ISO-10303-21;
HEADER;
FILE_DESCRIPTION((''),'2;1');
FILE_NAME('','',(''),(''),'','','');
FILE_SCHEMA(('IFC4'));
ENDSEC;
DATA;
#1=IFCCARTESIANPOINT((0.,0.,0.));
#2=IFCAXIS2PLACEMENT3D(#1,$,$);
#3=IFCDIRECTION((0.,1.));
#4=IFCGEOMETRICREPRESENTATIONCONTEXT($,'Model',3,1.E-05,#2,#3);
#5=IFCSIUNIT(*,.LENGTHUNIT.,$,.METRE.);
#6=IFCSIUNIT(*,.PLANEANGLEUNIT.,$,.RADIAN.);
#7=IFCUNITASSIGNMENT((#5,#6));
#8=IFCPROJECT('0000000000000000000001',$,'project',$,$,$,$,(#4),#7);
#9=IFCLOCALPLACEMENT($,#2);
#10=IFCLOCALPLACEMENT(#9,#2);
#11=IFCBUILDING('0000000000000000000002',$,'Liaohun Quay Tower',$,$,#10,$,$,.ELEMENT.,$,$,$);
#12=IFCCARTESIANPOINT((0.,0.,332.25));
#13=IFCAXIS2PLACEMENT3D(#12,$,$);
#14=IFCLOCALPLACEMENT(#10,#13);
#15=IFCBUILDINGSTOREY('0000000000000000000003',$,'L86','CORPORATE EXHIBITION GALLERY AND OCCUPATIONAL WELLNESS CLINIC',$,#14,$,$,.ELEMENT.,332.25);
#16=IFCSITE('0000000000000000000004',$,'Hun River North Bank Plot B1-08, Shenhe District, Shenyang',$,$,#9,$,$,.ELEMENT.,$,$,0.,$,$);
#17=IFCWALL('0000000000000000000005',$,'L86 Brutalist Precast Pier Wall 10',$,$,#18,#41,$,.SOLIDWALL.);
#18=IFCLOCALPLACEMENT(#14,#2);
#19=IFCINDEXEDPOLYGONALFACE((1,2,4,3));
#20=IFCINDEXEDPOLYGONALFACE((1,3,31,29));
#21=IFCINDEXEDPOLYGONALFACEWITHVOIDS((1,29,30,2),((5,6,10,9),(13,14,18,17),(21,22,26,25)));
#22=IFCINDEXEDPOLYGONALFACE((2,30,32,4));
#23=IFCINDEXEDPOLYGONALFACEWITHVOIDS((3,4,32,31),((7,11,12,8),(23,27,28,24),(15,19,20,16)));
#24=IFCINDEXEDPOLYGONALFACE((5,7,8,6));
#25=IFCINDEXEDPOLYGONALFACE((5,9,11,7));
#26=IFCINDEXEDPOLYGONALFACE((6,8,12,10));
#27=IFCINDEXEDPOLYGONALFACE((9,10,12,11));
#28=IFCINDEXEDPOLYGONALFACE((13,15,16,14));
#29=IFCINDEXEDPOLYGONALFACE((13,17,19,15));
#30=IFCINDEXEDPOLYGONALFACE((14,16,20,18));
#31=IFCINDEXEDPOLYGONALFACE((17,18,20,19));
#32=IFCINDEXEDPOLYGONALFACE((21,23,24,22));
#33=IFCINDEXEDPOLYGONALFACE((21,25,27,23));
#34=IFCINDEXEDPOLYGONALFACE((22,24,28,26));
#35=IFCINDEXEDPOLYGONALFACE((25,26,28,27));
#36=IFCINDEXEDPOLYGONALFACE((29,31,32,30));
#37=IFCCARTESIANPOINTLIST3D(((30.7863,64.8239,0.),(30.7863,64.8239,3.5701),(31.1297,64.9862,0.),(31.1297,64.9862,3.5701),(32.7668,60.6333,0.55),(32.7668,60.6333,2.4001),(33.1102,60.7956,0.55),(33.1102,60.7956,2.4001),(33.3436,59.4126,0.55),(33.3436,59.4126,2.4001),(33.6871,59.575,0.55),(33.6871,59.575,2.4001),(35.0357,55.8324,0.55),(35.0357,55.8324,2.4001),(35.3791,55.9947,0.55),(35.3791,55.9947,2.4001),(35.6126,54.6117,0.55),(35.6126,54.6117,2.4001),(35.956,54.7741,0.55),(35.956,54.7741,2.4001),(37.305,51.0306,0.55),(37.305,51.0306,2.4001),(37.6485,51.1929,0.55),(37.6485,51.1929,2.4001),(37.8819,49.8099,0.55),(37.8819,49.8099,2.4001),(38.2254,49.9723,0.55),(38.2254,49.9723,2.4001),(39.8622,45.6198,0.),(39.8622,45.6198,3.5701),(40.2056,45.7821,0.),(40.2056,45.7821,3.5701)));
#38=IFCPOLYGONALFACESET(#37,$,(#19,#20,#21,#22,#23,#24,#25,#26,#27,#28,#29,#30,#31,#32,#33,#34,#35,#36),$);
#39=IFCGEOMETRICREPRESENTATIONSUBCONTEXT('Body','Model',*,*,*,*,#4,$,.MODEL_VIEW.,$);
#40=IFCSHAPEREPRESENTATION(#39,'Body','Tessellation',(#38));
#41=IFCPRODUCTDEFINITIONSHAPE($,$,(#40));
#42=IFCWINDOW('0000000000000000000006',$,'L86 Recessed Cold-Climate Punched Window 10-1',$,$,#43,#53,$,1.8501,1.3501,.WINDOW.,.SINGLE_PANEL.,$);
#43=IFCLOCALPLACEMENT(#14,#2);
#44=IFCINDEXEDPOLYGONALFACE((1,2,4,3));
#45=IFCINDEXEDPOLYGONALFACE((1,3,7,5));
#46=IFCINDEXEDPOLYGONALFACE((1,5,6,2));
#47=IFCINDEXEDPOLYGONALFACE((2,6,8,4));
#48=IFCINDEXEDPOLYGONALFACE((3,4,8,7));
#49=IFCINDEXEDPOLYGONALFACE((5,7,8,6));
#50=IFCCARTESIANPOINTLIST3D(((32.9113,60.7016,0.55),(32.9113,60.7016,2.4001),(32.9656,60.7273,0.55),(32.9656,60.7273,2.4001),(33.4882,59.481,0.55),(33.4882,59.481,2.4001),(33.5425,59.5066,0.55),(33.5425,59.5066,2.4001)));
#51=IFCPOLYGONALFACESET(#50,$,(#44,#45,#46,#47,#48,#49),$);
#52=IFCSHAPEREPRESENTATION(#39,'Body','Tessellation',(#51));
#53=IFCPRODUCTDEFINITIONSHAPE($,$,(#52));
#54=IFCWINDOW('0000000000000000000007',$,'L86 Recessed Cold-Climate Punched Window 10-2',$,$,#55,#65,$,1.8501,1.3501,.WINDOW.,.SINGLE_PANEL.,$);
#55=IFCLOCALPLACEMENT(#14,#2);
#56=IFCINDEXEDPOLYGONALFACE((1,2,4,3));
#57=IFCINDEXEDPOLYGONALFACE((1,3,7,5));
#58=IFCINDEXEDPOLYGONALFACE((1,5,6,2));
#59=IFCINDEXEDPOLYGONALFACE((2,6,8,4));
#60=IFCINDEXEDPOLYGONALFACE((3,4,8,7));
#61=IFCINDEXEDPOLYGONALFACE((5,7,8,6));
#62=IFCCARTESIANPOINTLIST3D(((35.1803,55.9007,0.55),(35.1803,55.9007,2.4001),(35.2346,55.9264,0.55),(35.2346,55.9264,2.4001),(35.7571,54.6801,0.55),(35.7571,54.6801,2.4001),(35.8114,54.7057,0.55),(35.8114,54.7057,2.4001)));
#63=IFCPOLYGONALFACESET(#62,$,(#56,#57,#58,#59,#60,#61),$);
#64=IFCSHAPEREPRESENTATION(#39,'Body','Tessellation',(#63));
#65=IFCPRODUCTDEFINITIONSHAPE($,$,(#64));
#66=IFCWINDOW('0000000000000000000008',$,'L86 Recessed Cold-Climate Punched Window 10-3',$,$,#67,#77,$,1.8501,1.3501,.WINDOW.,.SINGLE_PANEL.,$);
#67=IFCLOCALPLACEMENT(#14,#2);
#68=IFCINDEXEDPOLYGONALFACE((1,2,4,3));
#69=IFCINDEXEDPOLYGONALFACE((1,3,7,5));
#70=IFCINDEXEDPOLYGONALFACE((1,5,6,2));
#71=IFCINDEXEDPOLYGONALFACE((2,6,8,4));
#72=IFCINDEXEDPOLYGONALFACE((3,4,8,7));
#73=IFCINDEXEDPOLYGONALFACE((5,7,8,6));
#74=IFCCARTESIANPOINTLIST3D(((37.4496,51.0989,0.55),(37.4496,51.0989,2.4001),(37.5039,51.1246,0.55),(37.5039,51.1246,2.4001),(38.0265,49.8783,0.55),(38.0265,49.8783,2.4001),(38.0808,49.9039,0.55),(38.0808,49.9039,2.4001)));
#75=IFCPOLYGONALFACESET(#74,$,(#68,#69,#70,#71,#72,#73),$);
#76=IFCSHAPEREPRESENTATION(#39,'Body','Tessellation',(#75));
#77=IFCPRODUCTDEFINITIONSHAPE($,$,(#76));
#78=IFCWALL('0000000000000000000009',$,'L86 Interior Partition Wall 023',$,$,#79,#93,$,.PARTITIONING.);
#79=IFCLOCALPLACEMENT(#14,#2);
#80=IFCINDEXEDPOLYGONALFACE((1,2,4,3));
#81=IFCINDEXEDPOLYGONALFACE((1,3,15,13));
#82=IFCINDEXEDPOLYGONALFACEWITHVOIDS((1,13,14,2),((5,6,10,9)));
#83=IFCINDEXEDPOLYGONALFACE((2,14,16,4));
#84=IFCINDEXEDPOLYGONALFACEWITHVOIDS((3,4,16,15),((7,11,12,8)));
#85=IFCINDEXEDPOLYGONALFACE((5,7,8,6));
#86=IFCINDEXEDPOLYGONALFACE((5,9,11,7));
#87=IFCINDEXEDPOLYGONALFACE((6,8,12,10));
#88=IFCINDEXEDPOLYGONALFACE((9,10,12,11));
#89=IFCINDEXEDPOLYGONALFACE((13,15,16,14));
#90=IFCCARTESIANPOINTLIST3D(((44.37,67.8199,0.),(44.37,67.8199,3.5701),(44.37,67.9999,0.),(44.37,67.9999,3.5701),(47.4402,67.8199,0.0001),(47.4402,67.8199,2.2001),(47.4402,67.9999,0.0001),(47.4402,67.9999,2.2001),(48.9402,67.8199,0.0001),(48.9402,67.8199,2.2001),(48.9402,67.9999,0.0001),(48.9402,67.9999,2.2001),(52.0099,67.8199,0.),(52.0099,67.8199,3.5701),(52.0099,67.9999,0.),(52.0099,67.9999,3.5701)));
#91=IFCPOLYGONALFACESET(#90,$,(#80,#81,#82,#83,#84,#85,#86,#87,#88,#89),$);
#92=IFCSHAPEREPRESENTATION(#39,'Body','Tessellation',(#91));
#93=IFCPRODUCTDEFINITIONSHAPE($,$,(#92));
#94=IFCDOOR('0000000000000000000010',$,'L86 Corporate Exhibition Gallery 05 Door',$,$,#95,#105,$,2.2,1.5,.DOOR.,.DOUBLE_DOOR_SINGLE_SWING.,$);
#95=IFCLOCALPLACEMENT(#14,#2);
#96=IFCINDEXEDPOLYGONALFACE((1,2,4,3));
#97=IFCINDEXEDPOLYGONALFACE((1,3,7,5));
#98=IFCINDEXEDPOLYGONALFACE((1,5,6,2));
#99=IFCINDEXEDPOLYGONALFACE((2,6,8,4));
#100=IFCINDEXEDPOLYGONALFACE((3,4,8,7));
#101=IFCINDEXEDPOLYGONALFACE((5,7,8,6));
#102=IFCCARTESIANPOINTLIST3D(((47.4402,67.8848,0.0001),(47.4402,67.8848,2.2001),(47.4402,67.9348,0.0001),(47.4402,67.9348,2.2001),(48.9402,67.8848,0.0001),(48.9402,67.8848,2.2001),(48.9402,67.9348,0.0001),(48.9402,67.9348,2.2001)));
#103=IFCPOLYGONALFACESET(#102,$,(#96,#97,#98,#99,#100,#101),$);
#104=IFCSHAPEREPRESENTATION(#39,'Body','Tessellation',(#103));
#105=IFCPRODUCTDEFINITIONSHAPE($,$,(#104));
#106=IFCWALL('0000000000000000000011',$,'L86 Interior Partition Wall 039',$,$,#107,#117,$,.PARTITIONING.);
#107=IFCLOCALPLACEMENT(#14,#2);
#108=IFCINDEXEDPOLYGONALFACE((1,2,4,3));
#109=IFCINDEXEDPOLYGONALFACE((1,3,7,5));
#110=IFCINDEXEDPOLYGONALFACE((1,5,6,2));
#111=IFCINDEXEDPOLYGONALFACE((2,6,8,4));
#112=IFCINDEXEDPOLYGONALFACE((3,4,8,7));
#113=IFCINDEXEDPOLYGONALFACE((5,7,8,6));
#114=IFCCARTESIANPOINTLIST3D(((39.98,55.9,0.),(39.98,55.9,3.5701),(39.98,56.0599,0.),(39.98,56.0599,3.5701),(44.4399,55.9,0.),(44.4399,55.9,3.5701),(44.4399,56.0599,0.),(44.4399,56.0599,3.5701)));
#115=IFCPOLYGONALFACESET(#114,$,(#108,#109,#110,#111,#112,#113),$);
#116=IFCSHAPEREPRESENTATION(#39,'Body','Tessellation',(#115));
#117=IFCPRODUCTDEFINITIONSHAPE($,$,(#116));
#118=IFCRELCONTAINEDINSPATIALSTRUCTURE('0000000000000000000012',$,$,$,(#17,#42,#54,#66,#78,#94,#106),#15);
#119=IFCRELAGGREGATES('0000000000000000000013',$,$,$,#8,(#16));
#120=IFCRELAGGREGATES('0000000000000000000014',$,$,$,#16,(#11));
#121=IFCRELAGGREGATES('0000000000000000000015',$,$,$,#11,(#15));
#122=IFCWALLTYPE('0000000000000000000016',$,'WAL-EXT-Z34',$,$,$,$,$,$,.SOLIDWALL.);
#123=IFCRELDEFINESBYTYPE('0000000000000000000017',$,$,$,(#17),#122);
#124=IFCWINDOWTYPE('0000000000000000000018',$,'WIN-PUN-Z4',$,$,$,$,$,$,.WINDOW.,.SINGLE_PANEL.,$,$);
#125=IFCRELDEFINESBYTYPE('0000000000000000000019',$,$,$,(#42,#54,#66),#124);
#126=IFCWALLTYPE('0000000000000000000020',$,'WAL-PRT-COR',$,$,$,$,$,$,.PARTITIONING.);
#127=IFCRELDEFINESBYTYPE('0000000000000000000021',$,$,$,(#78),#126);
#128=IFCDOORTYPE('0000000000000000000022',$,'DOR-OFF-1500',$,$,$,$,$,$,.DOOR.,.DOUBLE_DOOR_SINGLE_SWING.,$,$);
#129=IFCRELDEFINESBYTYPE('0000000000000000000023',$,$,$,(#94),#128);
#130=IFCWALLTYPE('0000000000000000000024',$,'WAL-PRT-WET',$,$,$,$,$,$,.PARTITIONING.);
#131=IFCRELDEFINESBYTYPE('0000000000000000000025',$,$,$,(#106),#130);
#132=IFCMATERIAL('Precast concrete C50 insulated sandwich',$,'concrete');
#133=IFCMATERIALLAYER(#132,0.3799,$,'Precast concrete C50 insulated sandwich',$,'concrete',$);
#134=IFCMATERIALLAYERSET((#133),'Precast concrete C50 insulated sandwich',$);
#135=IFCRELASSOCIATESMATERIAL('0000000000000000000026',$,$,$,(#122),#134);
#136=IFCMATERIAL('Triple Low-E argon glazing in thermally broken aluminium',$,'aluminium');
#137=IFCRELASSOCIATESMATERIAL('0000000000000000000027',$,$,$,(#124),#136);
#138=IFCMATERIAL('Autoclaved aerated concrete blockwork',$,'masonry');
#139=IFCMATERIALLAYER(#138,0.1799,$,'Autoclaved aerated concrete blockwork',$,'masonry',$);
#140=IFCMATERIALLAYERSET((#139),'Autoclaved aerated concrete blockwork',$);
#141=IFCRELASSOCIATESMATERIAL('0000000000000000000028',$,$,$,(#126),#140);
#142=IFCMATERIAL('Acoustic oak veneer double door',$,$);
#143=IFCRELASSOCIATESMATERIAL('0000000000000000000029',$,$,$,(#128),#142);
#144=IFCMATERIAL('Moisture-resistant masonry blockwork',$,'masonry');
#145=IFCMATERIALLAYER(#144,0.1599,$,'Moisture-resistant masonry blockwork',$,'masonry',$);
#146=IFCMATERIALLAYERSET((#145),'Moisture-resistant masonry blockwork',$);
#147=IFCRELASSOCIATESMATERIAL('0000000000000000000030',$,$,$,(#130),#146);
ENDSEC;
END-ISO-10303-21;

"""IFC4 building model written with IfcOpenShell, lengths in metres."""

from ifc_helpers import new_model, si_unit, direction, frame, frame_2d, origin, place, context, subcontext, project, spatial, rectangle, extrude, source, transform, mapped, material, layer, layer_set, type_object, element, fill, save


model = new_model("IFC4")

# Units and contexts
model_context = context("Model", 3, precision=1e-05, world=origin(), true_north=direction((0.0, 1.0)))
body_context = subcontext(model_context, "Body", "Model", "MODEL_VIEW")
ifc_project = project(units=[si_unit("LENGTHUNIT", "METRE"), si_unit("PLANEANGLEUNIT", "RADIAN")], contexts=[model_context])

# Site, building, storey
site_placement = place(None, origin())
site = spatial("IfcSite", under=ifc_project, at=site_placement, Name="Hun River North Bank Plot B1-08, Shenhe District, Shenyang", CompositionType="ELEMENT", RefElevation=0.0)
building_placement = place(site_placement, origin())
building = spatial("IfcBuilding", under=site, at=building_placement, Name="Liaohun Quay Tower", CompositionType="ELEMENT")
storey_placement = place(building_placement, frame((0.0, 0.0, 332.25)))
storey = spatial("IfcBuildingStorey", under=building, at=storey_placement, Name="L86", Description="CORPORATE EXHIBITION GALLERY AND OCCUPATIONAL WELLNESS CLINIC", CompositionType="ELEMENT", Elevation=332.25)

# Shared definitions
ifc_material_1 = material(Name="Precast concrete C50 insulated sandwich", Category="concrete")
ifc_layer_1 = layer(ifc_material_1, 0.3799, Name="Precast concrete C50 insulated sandwich", Category="concrete")
ifc_layer_set_1 = layer_set([ifc_layer_1], Name="Precast concrete C50 insulated sandwich")
wall_type_1 = type_object("IfcWallType", Name="WAL-EXT-Z34", PredefinedType="SOLIDWALL", material=ifc_layer_set_1)

# Wall, openings, windows
wall_1_placement = place(storey_placement, frame((30.958, 64.905, 0.0), z_axis=(0.0, 0.0, 1.0), x_axis=(0.427288, -0.904115, 0.0)))
wall_1 = element("IfcWall", 1, at=wall_1_placement, inside=storey, type_object=wall_type_1, Name="L86 Brutalist Precast Pier Wall 10", PredefinedType="SOLIDWALL", context=body_context, shape_type="SweptSolid", body=[
    extrude(rectangle(XDim=21.2407, YDim=0.3799, at=frame_2d((10.6204, 0.0))), origin(), (0.0, 0.0, 1.0), 3.5701),
])
shared_shape_1 = source(origin(), body_context, "Body", "SweptSolid", [
    extrude(rectangle(XDim=1.3501, YDim=1.8501, at=frame_2d((0.675, 0.925))), frame((0.0, 0.2, 0.0), z_axis=(0.0, -1.0, 0.0), x_axis=(1.0, 0.0, 0.0)), (0.0, 0.0, 1.0), 0.3999),
])
opening_1_placement = place(wall_1_placement, frame((4.635, 0.0, 0.55)))
opening_1 = element("IfcOpeningElement", 2, at=opening_1_placement, cuts=wall_1, PredefinedType="OPENING", context=body_context, shape_type="MappedRepresentation", body=[
    mapped(shared_shape_1, transform((0.0, 0.0, 0.0), x_axis=(1.0, 0.0, 0.0), y_axis=(0.0, 1.0, 0.0), z_axis=(0.0, 0.0, 1.0), scale=1.0)),
])
opening_2_placement = place(wall_1_placement, frame((9.9451, 0.0, 0.55)))
opening_2 = element("IfcOpeningElement", 3, at=opening_2_placement, cuts=wall_1, PredefinedType="OPENING", context=body_context, shape_type="MappedRepresentation", body=[
    mapped(shared_shape_1, transform((0.0, 0.0, 0.0), x_axis=(1.0, 0.0, 0.0), y_axis=(0.0, 1.0, 0.0), z_axis=(0.0, 0.0, 1.0), scale=1.0)),
])
opening_3_placement = place(wall_1_placement, frame((15.2561, 0.0, 0.55)))
opening_3 = element("IfcOpeningElement", 4, at=opening_3_placement, cuts=wall_1, PredefinedType="OPENING", context=body_context, shape_type="MappedRepresentation", body=[
    mapped(shared_shape_1, transform((0.0, 0.0, 0.0), x_axis=(1.0, 0.0, 0.0), y_axis=(0.0, 1.0, 0.0), z_axis=(0.0, 0.0, 1.0), scale=1.0)),
])
ifc_material_2 = material(Name="Triple Low-E argon glazing in thermally broken aluminium", Category="aluminium")
window_type_1 = type_object("IfcWindowType", Name="WIN-PUN-Z4", PartitioningType="SINGLE_PANEL", PredefinedType="WINDOW", material=ifc_material_2)
shared_shape_2 = source(origin(), body_context, "Body", "SweptSolid", [
    extrude(rectangle(XDim=1.3501, YDim=1.8501, at=frame_2d((0.675, 0.925))), frame((0.0, 0.03, 0.0), z_axis=(0.0, -1.0, 0.0), x_axis=(1.0, 0.0, 0.0)), (0.0, 0.0, 1.0), 0.0601),
])
window_1_placement = place(opening_1_placement, origin())
window_1 = element("IfcWindow", 5, at=window_1_placement, inside=storey, type_object=window_type_1, Name="L86 Recessed Cold-Climate Punched Window 10-1", OverallHeight=1.8501, OverallWidth=1.3501, PartitioningType="SINGLE_PANEL", PredefinedType="WINDOW", context=body_context, shape_type="MappedRepresentation", body=[
    mapped(shared_shape_2, transform((0.0, 0.0, 0.0), x_axis=(1.0, 0.0, 0.0), y_axis=(0.0, 1.0, 0.0), z_axis=(0.0, 0.0, 1.0), scale=1.0)),
])
fill(opening_1, window_1)
window_2_placement = place(opening_2_placement, origin())
window_2 = element("IfcWindow", 6, at=window_2_placement, inside=storey, type_object=window_type_1, Name="L86 Recessed Cold-Climate Punched Window 10-2", OverallHeight=1.8501, OverallWidth=1.3501, PartitioningType="SINGLE_PANEL", PredefinedType="WINDOW", context=body_context, shape_type="MappedRepresentation", body=[
    mapped(shared_shape_2, transform((0.0, 0.0, 0.0), x_axis=(1.0, 0.0, 0.0), y_axis=(0.0, 1.0, 0.0), z_axis=(0.0, 0.0, 1.0), scale=1.0)),
])
fill(opening_2, window_2)
window_3_placement = place(opening_3_placement, origin())
window_3 = element("IfcWindow", 7, at=window_3_placement, inside=storey, type_object=window_type_1, Name="L86 Recessed Cold-Climate Punched Window 10-3", OverallHeight=1.8501, OverallWidth=1.3501, PartitioningType="SINGLE_PANEL", PredefinedType="WINDOW", context=body_context, shape_type="MappedRepresentation", body=[
    mapped(shared_shape_2, transform((0.0, 0.0, 0.0), x_axis=(1.0, 0.0, 0.0), y_axis=(0.0, 1.0, 0.0), z_axis=(0.0, 0.0, 1.0), scale=1.0)),
])
fill(opening_3, window_3)

# Wall, opening, door
ifc_material_3 = material(Name="Autoclaved aerated concrete blockwork", Category="masonry")
ifc_layer_2 = layer(ifc_material_3, 0.1799, Name="Autoclaved aerated concrete blockwork", Category="masonry")
ifc_layer_set_2 = layer_set([ifc_layer_2], Name="Autoclaved aerated concrete blockwork")
wall_type_2 = type_object("IfcWallType", Name="WAL-PRT-COR", PredefinedType="PARTITIONING", material=ifc_layer_set_2)
wall_2_placement = place(storey_placement, frame((44.3701, 67.9099, 0.0), z_axis=(0.0, 0.0, 1.0), x_axis=(1.0, 0.0, 0.0)))
wall_2 = element("IfcWall", 8, at=wall_2_placement, inside=storey, type_object=wall_type_2, Name="L86 Interior Partition Wall 023", PredefinedType="PARTITIONING", context=body_context, shape_type="SweptSolid", body=[
    extrude(rectangle(XDim=7.6399, YDim=0.1799, at=frame_2d((3.8198, 0.0))), origin(), (0.0, 0.0, 1.0), 3.5701),
])
shared_shape_3 = source(origin(), body_context, "Body", "SweptSolid", [
    extrude(rectangle(XDim=1.5, YDim=2.2, at=frame_2d((0.75, 1.1001))), frame((0.0, 0.0999, 0.0), z_axis=(0.0, -1.0, 0.0), x_axis=(1.0, 0.0, 0.0)), (0.0, 0.0, 1.0), 0.2),
])
opening_4_placement = place(wall_2_placement, frame((3.0701, 0.0, 0.0)))
opening_4 = element("IfcOpeningElement", 9, at=opening_4_placement, cuts=wall_2, PredefinedType="OPENING", context=body_context, shape_type="MappedRepresentation", body=[
    mapped(shared_shape_3, transform((0.0, 0.0, 0.0), x_axis=(1.0, 0.0, 0.0), y_axis=(0.0, 1.0, 0.0), z_axis=(0.0, 0.0, 1.0), scale=1.0)),
])
ifc_material_4 = material(Name="Acoustic oak veneer double door")
door_type = type_object("IfcDoorType", Name="DOR-OFF-1500", OperationType="DOUBLE_DOOR_SINGLE_SWING", PredefinedType="DOOR", material=ifc_material_4)
shared_shape_4 = source(origin(), body_context, "Body", "SweptSolid", [
    extrude(rectangle(XDim=1.5, YDim=2.2, at=frame_2d((0.75, 1.1001))), frame((0.0, 0.0249, 0.0), z_axis=(0.0, -1.0, 0.0), x_axis=(1.0, 0.0, 0.0)), (0.0, 0.0, 1.0), 0.05),
])
door_placement = place(opening_4_placement, origin())
door = element("IfcDoor", 10, at=door_placement, inside=storey, type_object=door_type, Name="L86 Corporate Exhibition Gallery 05 Door", OperationType="DOUBLE_DOOR_SINGLE_SWING", OverallHeight=2.2, OverallWidth=1.5, PredefinedType="DOOR", context=body_context, shape_type="MappedRepresentation", body=[
    mapped(shared_shape_4, transform((0.0, 0.0, 0.0), x_axis=(1.0, 0.0, 0.0), y_axis=(0.0, 1.0, 0.0), z_axis=(0.0, 0.0, 1.0), scale=1.0)),
])
fill(opening_4, door)

# Wall
ifc_material_5 = material(Name="Moisture-resistant masonry blockwork", Category="masonry")
ifc_layer_3 = layer(ifc_material_5, 0.1599, Name="Moisture-resistant masonry blockwork", Category="masonry")
ifc_layer_set_3 = layer_set([ifc_layer_3], Name="Moisture-resistant masonry blockwork")
wall_type_3 = type_object("IfcWallType", Name="WAL-PRT-WET", PredefinedType="PARTITIONING", material=ifc_layer_set_3)
wall_3_placement = place(storey_placement, frame((39.98, 55.98, 0.0), z_axis=(0.0, 0.0, 1.0), x_axis=(1.0, 0.0, 0.0)))
element("IfcWall", 11, at=wall_3_placement, inside=storey, type_object=wall_type_3, Name="L86 Interior Partition Wall 039", PredefinedType="PARTITIONING", context=body_context, shape_type="SweptSolid", body=[
    extrude(rectangle(XDim=4.46, YDim=0.1599, at=frame_2d((2.23, 0.0))), origin(), (0.0, 0.0, 1.0), 3.5701),
])

save(model, "model.ifc")
